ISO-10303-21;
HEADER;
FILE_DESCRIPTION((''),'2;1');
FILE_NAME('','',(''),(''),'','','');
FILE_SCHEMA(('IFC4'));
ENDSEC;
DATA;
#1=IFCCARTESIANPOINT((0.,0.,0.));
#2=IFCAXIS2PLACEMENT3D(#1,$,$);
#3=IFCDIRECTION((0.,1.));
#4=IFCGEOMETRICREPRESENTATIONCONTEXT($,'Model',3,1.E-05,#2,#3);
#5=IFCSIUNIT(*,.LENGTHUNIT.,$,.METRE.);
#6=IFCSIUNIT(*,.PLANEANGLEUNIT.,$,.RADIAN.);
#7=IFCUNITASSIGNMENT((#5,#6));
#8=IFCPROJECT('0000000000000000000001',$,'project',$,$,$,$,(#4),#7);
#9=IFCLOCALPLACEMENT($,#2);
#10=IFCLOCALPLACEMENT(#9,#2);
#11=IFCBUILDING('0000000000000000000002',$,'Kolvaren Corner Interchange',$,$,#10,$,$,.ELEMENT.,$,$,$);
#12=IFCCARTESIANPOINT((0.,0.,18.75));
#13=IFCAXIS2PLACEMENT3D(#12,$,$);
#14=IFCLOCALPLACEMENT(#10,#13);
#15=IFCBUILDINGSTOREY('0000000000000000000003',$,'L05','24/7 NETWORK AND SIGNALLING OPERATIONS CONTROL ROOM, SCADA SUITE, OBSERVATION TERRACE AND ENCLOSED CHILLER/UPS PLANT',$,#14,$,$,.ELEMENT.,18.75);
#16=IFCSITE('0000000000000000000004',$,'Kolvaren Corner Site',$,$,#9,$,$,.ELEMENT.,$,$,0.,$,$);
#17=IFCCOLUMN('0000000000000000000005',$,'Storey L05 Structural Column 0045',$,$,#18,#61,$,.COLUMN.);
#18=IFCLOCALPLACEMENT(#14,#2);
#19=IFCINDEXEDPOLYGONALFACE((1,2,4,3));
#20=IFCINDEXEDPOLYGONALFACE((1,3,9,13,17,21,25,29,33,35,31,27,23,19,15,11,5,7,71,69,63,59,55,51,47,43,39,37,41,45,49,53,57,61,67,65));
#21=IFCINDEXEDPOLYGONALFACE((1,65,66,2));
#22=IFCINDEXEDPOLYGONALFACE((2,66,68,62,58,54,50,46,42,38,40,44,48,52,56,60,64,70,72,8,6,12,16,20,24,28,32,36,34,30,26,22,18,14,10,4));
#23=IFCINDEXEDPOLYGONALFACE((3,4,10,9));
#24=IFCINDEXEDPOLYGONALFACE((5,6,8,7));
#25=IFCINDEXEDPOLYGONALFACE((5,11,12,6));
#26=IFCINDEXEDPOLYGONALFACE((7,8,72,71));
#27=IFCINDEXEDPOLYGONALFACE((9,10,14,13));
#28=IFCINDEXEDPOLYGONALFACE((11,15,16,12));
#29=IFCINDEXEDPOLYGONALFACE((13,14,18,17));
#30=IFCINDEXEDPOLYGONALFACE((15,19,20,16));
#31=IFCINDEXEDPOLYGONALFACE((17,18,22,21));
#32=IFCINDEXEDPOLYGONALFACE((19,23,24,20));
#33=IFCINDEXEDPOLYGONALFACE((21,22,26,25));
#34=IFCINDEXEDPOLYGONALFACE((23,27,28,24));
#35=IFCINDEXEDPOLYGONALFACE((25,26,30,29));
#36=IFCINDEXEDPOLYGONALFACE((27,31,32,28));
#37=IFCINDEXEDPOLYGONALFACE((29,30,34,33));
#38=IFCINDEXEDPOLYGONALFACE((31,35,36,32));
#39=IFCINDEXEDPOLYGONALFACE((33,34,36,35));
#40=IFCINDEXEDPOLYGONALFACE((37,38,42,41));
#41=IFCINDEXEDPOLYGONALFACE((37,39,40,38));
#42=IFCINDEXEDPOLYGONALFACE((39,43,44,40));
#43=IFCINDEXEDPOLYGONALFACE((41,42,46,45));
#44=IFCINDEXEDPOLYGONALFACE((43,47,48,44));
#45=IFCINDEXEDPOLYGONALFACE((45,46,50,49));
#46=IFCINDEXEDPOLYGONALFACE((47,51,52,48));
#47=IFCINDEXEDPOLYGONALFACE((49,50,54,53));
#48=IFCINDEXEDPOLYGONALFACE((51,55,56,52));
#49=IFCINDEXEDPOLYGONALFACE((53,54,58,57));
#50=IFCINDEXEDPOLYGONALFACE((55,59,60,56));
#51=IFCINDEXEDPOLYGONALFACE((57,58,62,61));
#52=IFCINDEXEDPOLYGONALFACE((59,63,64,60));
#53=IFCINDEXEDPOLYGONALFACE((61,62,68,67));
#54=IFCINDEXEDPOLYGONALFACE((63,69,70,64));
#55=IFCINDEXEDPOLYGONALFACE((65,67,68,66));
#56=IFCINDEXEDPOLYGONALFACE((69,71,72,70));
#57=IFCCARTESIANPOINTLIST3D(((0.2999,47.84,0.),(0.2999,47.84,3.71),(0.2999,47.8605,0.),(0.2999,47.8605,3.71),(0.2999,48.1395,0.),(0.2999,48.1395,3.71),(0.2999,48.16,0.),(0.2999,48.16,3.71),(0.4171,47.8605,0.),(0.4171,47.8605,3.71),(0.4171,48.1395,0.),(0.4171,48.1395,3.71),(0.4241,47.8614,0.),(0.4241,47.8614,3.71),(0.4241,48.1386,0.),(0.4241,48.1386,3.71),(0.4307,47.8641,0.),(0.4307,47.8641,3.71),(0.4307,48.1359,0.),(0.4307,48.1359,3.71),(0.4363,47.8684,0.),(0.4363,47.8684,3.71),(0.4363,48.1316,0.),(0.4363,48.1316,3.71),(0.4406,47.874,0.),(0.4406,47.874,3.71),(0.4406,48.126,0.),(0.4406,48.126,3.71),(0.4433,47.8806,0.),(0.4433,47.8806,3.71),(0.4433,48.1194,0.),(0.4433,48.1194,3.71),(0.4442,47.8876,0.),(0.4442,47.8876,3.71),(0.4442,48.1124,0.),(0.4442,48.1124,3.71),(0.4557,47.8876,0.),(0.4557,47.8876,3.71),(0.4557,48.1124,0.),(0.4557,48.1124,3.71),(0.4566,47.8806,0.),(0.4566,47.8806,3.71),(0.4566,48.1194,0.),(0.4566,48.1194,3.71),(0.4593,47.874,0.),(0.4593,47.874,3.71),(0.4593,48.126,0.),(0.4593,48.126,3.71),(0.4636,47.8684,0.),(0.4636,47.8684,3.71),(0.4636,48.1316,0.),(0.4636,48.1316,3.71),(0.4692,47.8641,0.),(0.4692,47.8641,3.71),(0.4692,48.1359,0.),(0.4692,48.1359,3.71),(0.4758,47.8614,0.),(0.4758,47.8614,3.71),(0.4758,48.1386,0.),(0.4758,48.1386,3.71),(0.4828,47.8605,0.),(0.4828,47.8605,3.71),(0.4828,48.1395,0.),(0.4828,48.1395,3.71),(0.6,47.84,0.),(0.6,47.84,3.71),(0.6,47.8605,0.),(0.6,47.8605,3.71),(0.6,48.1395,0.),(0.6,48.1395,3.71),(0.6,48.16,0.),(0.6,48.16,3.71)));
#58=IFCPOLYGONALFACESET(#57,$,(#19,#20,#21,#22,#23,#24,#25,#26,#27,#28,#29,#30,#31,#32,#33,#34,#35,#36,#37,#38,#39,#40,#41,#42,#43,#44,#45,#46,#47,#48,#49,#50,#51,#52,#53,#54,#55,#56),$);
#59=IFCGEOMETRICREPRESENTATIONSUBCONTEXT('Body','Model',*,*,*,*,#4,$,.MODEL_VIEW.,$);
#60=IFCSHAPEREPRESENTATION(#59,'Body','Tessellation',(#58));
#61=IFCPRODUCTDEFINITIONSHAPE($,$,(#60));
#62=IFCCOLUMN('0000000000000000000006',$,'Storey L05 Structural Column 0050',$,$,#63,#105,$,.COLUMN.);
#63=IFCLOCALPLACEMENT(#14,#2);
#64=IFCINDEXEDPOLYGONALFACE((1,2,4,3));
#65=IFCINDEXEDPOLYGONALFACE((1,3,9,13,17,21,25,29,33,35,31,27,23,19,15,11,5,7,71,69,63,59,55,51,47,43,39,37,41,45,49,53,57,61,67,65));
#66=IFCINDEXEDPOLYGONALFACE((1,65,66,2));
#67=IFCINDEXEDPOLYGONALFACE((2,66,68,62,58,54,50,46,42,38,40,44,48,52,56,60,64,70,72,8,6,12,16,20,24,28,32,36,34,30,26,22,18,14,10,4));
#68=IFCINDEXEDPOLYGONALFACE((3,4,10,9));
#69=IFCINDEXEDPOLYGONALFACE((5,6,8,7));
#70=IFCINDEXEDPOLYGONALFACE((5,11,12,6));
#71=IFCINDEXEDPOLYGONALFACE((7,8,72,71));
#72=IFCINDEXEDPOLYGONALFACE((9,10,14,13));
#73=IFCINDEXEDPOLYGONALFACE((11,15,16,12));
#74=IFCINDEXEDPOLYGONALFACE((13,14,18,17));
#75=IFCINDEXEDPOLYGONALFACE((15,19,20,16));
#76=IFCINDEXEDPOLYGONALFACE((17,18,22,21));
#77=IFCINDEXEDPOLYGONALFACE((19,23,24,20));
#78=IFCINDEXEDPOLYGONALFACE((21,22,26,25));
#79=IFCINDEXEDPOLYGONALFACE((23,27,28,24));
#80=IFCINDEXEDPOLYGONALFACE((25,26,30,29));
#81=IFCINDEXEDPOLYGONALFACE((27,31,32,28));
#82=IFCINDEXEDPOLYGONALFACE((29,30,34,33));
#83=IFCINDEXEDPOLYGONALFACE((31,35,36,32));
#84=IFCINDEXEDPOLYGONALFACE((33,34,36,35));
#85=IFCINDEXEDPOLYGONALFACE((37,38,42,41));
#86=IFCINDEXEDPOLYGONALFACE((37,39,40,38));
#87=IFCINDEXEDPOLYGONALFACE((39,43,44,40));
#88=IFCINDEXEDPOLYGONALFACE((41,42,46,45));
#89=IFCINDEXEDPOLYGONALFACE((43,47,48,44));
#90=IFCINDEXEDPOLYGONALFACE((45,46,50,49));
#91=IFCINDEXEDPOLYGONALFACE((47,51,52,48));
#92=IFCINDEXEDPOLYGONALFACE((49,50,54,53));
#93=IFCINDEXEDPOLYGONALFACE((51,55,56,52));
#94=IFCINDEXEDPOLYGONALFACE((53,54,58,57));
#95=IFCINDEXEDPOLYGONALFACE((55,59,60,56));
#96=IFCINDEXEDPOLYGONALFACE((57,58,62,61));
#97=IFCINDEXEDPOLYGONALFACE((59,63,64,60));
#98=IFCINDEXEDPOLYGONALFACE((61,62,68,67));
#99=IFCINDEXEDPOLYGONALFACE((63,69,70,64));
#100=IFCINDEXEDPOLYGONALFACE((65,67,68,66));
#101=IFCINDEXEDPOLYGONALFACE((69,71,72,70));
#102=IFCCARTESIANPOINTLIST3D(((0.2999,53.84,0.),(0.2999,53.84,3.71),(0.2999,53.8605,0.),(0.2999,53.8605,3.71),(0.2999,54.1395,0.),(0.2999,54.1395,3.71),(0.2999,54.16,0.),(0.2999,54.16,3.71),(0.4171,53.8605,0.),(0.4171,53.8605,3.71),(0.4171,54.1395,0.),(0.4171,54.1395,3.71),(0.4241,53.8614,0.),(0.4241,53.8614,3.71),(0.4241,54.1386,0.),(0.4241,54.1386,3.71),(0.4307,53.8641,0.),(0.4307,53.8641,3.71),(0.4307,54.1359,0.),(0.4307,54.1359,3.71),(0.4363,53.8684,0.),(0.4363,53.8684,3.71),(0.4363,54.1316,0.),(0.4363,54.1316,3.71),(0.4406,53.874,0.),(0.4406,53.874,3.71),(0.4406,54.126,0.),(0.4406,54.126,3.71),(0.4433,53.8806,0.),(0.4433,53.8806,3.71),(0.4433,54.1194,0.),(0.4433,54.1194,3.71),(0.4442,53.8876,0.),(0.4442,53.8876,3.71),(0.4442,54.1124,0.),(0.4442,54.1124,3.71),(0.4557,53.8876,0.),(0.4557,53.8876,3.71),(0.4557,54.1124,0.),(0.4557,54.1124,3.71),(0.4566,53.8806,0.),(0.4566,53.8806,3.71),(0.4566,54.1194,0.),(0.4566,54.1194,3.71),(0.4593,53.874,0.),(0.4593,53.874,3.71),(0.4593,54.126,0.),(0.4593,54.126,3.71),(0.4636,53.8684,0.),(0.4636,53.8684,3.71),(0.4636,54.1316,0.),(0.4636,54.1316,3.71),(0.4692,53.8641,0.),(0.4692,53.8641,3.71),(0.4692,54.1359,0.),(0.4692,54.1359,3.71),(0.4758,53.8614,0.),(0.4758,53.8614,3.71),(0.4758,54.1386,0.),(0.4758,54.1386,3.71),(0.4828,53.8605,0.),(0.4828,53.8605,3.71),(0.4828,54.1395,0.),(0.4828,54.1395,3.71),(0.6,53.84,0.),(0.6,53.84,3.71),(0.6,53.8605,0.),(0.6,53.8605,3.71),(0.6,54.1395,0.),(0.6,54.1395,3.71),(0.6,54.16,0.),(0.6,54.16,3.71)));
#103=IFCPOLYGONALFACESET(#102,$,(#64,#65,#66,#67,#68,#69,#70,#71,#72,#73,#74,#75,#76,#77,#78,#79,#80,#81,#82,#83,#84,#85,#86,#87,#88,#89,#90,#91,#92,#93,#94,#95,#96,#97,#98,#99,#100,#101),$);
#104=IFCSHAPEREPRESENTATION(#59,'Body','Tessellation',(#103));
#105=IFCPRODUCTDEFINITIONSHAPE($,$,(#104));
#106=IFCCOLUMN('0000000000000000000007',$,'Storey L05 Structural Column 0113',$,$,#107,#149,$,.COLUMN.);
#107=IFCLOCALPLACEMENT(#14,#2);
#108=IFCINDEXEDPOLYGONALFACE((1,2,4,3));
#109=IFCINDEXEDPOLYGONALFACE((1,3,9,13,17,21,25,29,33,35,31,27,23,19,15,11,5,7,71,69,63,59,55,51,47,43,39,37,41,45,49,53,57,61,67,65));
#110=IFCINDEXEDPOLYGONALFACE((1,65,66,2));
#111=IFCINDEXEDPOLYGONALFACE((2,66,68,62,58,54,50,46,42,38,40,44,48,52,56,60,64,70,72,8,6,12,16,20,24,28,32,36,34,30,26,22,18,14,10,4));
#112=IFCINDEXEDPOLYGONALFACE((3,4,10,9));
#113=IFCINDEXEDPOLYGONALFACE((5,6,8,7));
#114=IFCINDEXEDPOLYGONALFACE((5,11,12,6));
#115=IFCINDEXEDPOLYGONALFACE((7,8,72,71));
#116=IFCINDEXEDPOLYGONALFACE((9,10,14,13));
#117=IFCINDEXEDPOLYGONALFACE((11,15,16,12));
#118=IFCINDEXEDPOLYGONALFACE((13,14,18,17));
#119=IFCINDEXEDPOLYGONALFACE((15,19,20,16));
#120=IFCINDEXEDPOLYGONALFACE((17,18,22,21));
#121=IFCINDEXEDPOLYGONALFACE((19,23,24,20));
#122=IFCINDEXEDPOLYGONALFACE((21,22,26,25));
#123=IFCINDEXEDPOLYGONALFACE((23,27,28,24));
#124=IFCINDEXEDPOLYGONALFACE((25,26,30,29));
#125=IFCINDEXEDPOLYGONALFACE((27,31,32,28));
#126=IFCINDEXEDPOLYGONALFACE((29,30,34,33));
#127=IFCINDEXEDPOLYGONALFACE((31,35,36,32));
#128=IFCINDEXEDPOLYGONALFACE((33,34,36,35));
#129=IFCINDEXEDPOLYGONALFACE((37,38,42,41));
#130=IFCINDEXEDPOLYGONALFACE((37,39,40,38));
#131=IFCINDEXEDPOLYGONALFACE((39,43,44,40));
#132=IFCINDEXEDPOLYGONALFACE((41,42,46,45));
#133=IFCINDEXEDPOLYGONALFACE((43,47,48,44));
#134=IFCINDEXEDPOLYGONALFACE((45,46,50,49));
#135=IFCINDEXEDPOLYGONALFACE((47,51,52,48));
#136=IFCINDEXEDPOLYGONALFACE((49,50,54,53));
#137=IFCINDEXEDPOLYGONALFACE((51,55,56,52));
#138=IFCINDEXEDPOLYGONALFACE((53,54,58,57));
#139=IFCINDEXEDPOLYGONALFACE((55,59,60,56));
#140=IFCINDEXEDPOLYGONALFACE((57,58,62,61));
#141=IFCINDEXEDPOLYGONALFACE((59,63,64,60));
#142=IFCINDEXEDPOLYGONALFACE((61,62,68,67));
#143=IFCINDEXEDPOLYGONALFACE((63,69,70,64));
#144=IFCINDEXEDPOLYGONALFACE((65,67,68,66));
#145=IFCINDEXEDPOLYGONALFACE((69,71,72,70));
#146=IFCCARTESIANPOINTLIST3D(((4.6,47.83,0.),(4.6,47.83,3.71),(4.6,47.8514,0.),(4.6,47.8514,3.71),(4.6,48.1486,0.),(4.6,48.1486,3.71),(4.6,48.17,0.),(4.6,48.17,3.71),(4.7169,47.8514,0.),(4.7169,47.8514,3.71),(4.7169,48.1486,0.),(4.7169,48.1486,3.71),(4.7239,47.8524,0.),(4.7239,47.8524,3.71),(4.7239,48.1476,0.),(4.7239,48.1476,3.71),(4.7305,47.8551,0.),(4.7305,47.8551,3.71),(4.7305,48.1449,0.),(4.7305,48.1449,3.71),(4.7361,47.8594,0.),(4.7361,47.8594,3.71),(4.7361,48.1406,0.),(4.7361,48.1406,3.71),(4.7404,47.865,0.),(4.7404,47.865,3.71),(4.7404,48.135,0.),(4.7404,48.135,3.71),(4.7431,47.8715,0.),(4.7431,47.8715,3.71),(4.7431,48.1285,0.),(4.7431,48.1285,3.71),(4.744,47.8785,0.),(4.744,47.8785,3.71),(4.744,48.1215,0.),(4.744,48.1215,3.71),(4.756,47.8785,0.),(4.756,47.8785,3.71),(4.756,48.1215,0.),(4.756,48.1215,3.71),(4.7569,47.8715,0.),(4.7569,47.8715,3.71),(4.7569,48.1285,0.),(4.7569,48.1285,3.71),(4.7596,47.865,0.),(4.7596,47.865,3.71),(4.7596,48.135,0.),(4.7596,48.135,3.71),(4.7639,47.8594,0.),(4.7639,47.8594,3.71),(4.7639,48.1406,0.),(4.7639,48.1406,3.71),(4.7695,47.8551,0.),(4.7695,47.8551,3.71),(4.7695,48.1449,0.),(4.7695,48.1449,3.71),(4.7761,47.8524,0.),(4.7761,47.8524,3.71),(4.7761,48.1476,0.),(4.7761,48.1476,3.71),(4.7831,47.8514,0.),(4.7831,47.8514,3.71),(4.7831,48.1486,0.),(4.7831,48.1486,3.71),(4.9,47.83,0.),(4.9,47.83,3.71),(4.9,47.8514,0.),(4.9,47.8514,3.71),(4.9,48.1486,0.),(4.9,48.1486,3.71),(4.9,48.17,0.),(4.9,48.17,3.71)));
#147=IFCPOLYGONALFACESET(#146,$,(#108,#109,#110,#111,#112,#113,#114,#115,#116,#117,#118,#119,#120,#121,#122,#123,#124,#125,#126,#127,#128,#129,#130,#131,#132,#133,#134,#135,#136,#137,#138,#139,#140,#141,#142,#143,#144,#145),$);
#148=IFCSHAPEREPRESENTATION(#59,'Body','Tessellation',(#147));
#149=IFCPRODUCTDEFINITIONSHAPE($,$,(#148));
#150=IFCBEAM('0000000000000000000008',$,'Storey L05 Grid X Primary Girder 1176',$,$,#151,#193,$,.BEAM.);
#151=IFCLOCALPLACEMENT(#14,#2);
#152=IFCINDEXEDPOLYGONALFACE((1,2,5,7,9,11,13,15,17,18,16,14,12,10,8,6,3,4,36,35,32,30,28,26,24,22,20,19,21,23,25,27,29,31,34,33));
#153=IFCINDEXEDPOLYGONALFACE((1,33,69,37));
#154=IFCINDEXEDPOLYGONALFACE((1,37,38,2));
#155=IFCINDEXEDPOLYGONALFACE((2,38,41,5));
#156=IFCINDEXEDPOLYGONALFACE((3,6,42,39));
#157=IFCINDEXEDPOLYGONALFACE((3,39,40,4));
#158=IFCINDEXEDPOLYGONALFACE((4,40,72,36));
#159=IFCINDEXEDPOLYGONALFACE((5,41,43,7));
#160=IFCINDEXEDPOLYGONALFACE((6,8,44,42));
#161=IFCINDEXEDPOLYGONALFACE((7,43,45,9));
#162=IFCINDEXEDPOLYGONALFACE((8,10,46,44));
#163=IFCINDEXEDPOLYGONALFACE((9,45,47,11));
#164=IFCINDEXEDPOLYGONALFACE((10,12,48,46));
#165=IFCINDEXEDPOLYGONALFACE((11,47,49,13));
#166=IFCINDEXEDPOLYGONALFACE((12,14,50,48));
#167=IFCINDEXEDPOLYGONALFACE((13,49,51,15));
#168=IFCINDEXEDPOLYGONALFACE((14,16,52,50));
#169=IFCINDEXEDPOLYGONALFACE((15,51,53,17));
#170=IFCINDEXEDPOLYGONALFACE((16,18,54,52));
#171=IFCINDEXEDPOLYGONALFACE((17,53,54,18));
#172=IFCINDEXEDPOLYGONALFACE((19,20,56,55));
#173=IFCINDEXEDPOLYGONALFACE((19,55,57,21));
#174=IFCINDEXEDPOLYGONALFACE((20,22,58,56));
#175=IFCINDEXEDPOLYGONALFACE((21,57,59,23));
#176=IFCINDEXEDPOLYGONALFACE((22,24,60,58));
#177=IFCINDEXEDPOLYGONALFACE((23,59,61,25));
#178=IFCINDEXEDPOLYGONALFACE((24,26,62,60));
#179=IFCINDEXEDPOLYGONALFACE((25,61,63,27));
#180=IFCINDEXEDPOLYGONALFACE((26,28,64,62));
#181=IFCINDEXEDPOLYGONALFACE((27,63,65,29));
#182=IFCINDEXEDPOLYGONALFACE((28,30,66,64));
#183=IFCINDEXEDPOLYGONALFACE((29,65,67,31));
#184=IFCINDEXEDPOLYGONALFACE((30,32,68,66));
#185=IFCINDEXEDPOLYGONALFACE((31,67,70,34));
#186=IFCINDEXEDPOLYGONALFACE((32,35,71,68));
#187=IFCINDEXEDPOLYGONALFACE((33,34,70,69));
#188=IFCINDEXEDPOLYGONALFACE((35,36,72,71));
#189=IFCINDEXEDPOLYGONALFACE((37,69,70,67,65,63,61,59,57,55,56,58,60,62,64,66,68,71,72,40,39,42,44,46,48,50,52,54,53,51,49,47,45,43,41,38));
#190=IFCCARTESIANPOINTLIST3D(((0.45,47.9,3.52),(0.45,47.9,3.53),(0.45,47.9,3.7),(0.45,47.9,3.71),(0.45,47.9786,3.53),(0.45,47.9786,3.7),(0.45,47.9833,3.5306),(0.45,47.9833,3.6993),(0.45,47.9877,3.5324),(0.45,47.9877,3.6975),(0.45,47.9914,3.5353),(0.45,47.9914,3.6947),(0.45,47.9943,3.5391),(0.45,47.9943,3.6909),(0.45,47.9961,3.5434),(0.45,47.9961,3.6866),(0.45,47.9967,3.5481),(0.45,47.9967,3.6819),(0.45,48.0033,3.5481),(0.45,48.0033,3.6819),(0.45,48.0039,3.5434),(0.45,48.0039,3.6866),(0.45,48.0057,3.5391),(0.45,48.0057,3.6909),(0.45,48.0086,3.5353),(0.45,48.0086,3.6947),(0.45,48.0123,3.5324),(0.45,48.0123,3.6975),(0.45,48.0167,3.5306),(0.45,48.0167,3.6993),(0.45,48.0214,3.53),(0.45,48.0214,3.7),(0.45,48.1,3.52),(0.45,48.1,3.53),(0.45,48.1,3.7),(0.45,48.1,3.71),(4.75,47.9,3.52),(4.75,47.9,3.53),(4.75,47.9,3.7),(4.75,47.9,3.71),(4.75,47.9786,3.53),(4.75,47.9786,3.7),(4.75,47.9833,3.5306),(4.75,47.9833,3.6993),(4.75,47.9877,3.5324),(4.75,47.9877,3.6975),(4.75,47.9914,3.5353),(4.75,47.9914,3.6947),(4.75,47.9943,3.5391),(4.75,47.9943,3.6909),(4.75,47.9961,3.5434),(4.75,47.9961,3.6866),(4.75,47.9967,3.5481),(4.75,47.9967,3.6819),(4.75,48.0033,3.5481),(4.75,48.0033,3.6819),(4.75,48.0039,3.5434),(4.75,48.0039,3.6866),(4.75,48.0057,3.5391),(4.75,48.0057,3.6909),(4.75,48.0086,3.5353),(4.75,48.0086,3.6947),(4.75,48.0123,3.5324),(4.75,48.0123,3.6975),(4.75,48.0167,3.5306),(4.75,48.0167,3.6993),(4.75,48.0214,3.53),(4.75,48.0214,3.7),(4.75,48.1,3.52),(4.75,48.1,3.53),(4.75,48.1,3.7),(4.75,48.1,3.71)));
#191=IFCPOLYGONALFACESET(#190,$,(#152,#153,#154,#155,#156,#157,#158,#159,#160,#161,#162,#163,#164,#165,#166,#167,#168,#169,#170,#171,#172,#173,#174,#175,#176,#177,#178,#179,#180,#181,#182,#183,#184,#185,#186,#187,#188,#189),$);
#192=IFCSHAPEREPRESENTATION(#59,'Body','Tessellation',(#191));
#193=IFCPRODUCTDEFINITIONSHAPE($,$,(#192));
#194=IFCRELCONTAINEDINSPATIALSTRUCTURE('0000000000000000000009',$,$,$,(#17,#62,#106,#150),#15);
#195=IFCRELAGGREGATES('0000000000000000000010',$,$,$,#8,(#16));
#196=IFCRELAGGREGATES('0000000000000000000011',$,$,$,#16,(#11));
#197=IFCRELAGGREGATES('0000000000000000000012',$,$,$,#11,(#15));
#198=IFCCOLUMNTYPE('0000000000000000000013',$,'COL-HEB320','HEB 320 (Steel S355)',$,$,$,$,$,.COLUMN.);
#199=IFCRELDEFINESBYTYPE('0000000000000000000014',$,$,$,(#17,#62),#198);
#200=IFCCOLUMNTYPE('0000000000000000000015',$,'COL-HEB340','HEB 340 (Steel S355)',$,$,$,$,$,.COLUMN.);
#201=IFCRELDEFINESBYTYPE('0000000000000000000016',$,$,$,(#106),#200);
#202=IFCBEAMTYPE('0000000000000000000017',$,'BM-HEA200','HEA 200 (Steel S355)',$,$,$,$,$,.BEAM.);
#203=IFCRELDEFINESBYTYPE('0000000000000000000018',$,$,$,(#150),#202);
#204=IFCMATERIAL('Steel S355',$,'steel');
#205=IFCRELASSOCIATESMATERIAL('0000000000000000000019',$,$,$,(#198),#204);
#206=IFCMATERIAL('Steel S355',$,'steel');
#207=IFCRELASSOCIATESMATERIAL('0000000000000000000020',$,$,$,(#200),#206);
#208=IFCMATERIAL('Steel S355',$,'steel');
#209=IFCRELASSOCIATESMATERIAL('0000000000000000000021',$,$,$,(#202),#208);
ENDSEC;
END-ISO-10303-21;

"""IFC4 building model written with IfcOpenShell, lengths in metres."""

from ifc_helpers import new_model, si_unit, direction, frame, origin, origin_2d, place, context, subcontext, project, spatial, i_section, extrude, material, material_profile, profile_set, type_object, element, save


model = new_model("IFC4")

# Units and contexts
model_context = context("Model", 3, precision=1e-05, world=origin(), true_north=direction((0.0, 1.0)))
body_context = subcontext(model_context, "Body", "Model", "MODEL_VIEW")
ifc_project = project(units=[si_unit("LENGTHUNIT", "METRE"), si_unit("PLANEANGLEUNIT", "RADIAN")], contexts=[model_context])

# Site, building, storey
site_placement = place(None, origin())
site = spatial("IfcSite", under=ifc_project, at=site_placement, Name="Kolvaren Corner Site", CompositionType="ELEMENT", RefElevation=0.0)
building_placement = place(site_placement, origin())
building = spatial("IfcBuilding", under=site, at=building_placement, Name="Kolvaren Corner Interchange", CompositionType="ELEMENT")
storey_placement = place(building_placement, frame((0.0, 0.0, 18.75)))
storey = spatial("IfcBuildingStorey", under=building, at=storey_placement, Name="L05", Description="24/7 NETWORK AND SIGNALLING OPERATIONS CONTROL ROOM, SCADA SUITE, OBSERVATION TERRACE AND ENCLOSED CHILLER/UPS PLANT", CompositionType="ELEMENT", Elevation=18.75)

# Columns
ifc_material_1 = material(Name="Steel S355", Category="steel")
ifc_material_profile_1 = material_profile(ifc_material_1, i_section(OverallWidth=0.3, OverallDepth=0.3201, WebThickness=0.0115, FlangeThickness=0.0205, FilletRadius=0.0271, at=origin_2d()), Name="HEB 320")
ifc_profile_set_1 = profile_set([ifc_material_profile_1], Name="Steel S355")
column_type_1 = type_object("IfcColumnType", Name="COL-HEB320", Description="HEB 320 (Steel S355)", PredefinedType="COLUMN", material=ifc_profile_set_1)
for number, where, z_axis, x_axis, name in (
    (1, (0.45, 48.0, 0.0), (0.0, 0.0, 1.0), (1.0, 0.0, 0.0), "Storey L05 Structural Column 0045"),
    (2, (0.45, 54.0, 0.0), (0.0, 0.0, 1.0), (1.0, 0.0, 0.0), "Storey L05 Structural Column 0050"),
):
    element("IfcColumn", number, at=place(storey_placement, frame(where, z_axis=z_axis, x_axis=x_axis)), inside=storey, type_object=column_type_1, Name=name, PredefinedType="COLUMN", context=body_context, shape_type="SweptSolid", body=[
        extrude(i_section(OverallWidth=0.3, OverallDepth=0.3201, WebThickness=0.0115, FlangeThickness=0.0205, FilletRadius=0.0271, at=origin_2d()), origin(), (0.0, 0.0, 1.0), 3.71),
    ])
ifc_material_2 = material(Name="Steel S355", Category="steel")
ifc_material_profile_2 = material_profile(ifc_material_2, i_section(OverallWidth=0.3, OverallDepth=0.3401, WebThickness=0.012, FlangeThickness=0.0215, FilletRadius=0.0271, at=origin_2d()), Name="HEB 340")
ifc_profile_set_2 = profile_set([ifc_material_profile_2], Name="Steel S355")
column_type_2 = type_object("IfcColumnType", Name="COL-HEB340", Description="HEB 340 (Steel S355)", PredefinedType="COLUMN", material=ifc_profile_set_2)
column_placement = place(storey_placement, frame((4.75, 48.0, 0.0), z_axis=(0.0, 0.0, 1.0), x_axis=(1.0, 0.0, 0.0)))
element("IfcColumn", 3, at=column_placement, inside=storey, type_object=column_type_2, Name="Storey L05 Structural Column 0113", PredefinedType="COLUMN", context=body_context, shape_type="SweptSolid", body=[
    extrude(i_section(OverallWidth=0.3, OverallDepth=0.3401, WebThickness=0.012, FlangeThickness=0.0215, FilletRadius=0.0271, at=origin_2d()), origin(), (0.0, 0.0, 1.0), 3.71),
])

# Beam
ifc_material_3 = material(Name="Steel S355", Category="steel")
ifc_material_profile_3 = material_profile(ifc_material_3, i_section(OverallWidth=0.2, OverallDepth=0.1899, WebThickness=0.0066, FlangeThickness=0.01, FilletRadius=0.0181, at=origin_2d()), Name="HEA 200")
ifc_profile_set_3 = profile_set([ifc_material_profile_3], Name="Steel S355")
beam_type_1 = type_object("IfcBeamType", Name="BM-HEA200", Description="HEA 200 (Steel S355)", PredefinedType="BEAM", material=ifc_profile_set_3)
for number, where, z_axis, x_axis, name in (
    (4, (0.45, 48.0, 3.615), (1.0, 0.0, 0.0), (0.0, 1.0, 0.0), "Storey L05 Grid X Primary Girder 1176"),
):
    element("IfcBeam", number, at=place(storey_placement, frame(where, z_axis=z_axis, x_axis=x_axis)), inside=storey, type_object=beam_type_1, Name=name, PredefinedType="BEAM", context=body_context, shape_type="SweptSolid", body=[
        extrude(i_section(OverallWidth=0.2, OverallDepth=0.1899, WebThickness=0.0066, FlangeThickness=0.01, FilletRadius=0.0181, at=origin_2d()), origin(), (0.0, 0.0, 1.0), 4.3),
    ])

save(model, "model.ifc")
